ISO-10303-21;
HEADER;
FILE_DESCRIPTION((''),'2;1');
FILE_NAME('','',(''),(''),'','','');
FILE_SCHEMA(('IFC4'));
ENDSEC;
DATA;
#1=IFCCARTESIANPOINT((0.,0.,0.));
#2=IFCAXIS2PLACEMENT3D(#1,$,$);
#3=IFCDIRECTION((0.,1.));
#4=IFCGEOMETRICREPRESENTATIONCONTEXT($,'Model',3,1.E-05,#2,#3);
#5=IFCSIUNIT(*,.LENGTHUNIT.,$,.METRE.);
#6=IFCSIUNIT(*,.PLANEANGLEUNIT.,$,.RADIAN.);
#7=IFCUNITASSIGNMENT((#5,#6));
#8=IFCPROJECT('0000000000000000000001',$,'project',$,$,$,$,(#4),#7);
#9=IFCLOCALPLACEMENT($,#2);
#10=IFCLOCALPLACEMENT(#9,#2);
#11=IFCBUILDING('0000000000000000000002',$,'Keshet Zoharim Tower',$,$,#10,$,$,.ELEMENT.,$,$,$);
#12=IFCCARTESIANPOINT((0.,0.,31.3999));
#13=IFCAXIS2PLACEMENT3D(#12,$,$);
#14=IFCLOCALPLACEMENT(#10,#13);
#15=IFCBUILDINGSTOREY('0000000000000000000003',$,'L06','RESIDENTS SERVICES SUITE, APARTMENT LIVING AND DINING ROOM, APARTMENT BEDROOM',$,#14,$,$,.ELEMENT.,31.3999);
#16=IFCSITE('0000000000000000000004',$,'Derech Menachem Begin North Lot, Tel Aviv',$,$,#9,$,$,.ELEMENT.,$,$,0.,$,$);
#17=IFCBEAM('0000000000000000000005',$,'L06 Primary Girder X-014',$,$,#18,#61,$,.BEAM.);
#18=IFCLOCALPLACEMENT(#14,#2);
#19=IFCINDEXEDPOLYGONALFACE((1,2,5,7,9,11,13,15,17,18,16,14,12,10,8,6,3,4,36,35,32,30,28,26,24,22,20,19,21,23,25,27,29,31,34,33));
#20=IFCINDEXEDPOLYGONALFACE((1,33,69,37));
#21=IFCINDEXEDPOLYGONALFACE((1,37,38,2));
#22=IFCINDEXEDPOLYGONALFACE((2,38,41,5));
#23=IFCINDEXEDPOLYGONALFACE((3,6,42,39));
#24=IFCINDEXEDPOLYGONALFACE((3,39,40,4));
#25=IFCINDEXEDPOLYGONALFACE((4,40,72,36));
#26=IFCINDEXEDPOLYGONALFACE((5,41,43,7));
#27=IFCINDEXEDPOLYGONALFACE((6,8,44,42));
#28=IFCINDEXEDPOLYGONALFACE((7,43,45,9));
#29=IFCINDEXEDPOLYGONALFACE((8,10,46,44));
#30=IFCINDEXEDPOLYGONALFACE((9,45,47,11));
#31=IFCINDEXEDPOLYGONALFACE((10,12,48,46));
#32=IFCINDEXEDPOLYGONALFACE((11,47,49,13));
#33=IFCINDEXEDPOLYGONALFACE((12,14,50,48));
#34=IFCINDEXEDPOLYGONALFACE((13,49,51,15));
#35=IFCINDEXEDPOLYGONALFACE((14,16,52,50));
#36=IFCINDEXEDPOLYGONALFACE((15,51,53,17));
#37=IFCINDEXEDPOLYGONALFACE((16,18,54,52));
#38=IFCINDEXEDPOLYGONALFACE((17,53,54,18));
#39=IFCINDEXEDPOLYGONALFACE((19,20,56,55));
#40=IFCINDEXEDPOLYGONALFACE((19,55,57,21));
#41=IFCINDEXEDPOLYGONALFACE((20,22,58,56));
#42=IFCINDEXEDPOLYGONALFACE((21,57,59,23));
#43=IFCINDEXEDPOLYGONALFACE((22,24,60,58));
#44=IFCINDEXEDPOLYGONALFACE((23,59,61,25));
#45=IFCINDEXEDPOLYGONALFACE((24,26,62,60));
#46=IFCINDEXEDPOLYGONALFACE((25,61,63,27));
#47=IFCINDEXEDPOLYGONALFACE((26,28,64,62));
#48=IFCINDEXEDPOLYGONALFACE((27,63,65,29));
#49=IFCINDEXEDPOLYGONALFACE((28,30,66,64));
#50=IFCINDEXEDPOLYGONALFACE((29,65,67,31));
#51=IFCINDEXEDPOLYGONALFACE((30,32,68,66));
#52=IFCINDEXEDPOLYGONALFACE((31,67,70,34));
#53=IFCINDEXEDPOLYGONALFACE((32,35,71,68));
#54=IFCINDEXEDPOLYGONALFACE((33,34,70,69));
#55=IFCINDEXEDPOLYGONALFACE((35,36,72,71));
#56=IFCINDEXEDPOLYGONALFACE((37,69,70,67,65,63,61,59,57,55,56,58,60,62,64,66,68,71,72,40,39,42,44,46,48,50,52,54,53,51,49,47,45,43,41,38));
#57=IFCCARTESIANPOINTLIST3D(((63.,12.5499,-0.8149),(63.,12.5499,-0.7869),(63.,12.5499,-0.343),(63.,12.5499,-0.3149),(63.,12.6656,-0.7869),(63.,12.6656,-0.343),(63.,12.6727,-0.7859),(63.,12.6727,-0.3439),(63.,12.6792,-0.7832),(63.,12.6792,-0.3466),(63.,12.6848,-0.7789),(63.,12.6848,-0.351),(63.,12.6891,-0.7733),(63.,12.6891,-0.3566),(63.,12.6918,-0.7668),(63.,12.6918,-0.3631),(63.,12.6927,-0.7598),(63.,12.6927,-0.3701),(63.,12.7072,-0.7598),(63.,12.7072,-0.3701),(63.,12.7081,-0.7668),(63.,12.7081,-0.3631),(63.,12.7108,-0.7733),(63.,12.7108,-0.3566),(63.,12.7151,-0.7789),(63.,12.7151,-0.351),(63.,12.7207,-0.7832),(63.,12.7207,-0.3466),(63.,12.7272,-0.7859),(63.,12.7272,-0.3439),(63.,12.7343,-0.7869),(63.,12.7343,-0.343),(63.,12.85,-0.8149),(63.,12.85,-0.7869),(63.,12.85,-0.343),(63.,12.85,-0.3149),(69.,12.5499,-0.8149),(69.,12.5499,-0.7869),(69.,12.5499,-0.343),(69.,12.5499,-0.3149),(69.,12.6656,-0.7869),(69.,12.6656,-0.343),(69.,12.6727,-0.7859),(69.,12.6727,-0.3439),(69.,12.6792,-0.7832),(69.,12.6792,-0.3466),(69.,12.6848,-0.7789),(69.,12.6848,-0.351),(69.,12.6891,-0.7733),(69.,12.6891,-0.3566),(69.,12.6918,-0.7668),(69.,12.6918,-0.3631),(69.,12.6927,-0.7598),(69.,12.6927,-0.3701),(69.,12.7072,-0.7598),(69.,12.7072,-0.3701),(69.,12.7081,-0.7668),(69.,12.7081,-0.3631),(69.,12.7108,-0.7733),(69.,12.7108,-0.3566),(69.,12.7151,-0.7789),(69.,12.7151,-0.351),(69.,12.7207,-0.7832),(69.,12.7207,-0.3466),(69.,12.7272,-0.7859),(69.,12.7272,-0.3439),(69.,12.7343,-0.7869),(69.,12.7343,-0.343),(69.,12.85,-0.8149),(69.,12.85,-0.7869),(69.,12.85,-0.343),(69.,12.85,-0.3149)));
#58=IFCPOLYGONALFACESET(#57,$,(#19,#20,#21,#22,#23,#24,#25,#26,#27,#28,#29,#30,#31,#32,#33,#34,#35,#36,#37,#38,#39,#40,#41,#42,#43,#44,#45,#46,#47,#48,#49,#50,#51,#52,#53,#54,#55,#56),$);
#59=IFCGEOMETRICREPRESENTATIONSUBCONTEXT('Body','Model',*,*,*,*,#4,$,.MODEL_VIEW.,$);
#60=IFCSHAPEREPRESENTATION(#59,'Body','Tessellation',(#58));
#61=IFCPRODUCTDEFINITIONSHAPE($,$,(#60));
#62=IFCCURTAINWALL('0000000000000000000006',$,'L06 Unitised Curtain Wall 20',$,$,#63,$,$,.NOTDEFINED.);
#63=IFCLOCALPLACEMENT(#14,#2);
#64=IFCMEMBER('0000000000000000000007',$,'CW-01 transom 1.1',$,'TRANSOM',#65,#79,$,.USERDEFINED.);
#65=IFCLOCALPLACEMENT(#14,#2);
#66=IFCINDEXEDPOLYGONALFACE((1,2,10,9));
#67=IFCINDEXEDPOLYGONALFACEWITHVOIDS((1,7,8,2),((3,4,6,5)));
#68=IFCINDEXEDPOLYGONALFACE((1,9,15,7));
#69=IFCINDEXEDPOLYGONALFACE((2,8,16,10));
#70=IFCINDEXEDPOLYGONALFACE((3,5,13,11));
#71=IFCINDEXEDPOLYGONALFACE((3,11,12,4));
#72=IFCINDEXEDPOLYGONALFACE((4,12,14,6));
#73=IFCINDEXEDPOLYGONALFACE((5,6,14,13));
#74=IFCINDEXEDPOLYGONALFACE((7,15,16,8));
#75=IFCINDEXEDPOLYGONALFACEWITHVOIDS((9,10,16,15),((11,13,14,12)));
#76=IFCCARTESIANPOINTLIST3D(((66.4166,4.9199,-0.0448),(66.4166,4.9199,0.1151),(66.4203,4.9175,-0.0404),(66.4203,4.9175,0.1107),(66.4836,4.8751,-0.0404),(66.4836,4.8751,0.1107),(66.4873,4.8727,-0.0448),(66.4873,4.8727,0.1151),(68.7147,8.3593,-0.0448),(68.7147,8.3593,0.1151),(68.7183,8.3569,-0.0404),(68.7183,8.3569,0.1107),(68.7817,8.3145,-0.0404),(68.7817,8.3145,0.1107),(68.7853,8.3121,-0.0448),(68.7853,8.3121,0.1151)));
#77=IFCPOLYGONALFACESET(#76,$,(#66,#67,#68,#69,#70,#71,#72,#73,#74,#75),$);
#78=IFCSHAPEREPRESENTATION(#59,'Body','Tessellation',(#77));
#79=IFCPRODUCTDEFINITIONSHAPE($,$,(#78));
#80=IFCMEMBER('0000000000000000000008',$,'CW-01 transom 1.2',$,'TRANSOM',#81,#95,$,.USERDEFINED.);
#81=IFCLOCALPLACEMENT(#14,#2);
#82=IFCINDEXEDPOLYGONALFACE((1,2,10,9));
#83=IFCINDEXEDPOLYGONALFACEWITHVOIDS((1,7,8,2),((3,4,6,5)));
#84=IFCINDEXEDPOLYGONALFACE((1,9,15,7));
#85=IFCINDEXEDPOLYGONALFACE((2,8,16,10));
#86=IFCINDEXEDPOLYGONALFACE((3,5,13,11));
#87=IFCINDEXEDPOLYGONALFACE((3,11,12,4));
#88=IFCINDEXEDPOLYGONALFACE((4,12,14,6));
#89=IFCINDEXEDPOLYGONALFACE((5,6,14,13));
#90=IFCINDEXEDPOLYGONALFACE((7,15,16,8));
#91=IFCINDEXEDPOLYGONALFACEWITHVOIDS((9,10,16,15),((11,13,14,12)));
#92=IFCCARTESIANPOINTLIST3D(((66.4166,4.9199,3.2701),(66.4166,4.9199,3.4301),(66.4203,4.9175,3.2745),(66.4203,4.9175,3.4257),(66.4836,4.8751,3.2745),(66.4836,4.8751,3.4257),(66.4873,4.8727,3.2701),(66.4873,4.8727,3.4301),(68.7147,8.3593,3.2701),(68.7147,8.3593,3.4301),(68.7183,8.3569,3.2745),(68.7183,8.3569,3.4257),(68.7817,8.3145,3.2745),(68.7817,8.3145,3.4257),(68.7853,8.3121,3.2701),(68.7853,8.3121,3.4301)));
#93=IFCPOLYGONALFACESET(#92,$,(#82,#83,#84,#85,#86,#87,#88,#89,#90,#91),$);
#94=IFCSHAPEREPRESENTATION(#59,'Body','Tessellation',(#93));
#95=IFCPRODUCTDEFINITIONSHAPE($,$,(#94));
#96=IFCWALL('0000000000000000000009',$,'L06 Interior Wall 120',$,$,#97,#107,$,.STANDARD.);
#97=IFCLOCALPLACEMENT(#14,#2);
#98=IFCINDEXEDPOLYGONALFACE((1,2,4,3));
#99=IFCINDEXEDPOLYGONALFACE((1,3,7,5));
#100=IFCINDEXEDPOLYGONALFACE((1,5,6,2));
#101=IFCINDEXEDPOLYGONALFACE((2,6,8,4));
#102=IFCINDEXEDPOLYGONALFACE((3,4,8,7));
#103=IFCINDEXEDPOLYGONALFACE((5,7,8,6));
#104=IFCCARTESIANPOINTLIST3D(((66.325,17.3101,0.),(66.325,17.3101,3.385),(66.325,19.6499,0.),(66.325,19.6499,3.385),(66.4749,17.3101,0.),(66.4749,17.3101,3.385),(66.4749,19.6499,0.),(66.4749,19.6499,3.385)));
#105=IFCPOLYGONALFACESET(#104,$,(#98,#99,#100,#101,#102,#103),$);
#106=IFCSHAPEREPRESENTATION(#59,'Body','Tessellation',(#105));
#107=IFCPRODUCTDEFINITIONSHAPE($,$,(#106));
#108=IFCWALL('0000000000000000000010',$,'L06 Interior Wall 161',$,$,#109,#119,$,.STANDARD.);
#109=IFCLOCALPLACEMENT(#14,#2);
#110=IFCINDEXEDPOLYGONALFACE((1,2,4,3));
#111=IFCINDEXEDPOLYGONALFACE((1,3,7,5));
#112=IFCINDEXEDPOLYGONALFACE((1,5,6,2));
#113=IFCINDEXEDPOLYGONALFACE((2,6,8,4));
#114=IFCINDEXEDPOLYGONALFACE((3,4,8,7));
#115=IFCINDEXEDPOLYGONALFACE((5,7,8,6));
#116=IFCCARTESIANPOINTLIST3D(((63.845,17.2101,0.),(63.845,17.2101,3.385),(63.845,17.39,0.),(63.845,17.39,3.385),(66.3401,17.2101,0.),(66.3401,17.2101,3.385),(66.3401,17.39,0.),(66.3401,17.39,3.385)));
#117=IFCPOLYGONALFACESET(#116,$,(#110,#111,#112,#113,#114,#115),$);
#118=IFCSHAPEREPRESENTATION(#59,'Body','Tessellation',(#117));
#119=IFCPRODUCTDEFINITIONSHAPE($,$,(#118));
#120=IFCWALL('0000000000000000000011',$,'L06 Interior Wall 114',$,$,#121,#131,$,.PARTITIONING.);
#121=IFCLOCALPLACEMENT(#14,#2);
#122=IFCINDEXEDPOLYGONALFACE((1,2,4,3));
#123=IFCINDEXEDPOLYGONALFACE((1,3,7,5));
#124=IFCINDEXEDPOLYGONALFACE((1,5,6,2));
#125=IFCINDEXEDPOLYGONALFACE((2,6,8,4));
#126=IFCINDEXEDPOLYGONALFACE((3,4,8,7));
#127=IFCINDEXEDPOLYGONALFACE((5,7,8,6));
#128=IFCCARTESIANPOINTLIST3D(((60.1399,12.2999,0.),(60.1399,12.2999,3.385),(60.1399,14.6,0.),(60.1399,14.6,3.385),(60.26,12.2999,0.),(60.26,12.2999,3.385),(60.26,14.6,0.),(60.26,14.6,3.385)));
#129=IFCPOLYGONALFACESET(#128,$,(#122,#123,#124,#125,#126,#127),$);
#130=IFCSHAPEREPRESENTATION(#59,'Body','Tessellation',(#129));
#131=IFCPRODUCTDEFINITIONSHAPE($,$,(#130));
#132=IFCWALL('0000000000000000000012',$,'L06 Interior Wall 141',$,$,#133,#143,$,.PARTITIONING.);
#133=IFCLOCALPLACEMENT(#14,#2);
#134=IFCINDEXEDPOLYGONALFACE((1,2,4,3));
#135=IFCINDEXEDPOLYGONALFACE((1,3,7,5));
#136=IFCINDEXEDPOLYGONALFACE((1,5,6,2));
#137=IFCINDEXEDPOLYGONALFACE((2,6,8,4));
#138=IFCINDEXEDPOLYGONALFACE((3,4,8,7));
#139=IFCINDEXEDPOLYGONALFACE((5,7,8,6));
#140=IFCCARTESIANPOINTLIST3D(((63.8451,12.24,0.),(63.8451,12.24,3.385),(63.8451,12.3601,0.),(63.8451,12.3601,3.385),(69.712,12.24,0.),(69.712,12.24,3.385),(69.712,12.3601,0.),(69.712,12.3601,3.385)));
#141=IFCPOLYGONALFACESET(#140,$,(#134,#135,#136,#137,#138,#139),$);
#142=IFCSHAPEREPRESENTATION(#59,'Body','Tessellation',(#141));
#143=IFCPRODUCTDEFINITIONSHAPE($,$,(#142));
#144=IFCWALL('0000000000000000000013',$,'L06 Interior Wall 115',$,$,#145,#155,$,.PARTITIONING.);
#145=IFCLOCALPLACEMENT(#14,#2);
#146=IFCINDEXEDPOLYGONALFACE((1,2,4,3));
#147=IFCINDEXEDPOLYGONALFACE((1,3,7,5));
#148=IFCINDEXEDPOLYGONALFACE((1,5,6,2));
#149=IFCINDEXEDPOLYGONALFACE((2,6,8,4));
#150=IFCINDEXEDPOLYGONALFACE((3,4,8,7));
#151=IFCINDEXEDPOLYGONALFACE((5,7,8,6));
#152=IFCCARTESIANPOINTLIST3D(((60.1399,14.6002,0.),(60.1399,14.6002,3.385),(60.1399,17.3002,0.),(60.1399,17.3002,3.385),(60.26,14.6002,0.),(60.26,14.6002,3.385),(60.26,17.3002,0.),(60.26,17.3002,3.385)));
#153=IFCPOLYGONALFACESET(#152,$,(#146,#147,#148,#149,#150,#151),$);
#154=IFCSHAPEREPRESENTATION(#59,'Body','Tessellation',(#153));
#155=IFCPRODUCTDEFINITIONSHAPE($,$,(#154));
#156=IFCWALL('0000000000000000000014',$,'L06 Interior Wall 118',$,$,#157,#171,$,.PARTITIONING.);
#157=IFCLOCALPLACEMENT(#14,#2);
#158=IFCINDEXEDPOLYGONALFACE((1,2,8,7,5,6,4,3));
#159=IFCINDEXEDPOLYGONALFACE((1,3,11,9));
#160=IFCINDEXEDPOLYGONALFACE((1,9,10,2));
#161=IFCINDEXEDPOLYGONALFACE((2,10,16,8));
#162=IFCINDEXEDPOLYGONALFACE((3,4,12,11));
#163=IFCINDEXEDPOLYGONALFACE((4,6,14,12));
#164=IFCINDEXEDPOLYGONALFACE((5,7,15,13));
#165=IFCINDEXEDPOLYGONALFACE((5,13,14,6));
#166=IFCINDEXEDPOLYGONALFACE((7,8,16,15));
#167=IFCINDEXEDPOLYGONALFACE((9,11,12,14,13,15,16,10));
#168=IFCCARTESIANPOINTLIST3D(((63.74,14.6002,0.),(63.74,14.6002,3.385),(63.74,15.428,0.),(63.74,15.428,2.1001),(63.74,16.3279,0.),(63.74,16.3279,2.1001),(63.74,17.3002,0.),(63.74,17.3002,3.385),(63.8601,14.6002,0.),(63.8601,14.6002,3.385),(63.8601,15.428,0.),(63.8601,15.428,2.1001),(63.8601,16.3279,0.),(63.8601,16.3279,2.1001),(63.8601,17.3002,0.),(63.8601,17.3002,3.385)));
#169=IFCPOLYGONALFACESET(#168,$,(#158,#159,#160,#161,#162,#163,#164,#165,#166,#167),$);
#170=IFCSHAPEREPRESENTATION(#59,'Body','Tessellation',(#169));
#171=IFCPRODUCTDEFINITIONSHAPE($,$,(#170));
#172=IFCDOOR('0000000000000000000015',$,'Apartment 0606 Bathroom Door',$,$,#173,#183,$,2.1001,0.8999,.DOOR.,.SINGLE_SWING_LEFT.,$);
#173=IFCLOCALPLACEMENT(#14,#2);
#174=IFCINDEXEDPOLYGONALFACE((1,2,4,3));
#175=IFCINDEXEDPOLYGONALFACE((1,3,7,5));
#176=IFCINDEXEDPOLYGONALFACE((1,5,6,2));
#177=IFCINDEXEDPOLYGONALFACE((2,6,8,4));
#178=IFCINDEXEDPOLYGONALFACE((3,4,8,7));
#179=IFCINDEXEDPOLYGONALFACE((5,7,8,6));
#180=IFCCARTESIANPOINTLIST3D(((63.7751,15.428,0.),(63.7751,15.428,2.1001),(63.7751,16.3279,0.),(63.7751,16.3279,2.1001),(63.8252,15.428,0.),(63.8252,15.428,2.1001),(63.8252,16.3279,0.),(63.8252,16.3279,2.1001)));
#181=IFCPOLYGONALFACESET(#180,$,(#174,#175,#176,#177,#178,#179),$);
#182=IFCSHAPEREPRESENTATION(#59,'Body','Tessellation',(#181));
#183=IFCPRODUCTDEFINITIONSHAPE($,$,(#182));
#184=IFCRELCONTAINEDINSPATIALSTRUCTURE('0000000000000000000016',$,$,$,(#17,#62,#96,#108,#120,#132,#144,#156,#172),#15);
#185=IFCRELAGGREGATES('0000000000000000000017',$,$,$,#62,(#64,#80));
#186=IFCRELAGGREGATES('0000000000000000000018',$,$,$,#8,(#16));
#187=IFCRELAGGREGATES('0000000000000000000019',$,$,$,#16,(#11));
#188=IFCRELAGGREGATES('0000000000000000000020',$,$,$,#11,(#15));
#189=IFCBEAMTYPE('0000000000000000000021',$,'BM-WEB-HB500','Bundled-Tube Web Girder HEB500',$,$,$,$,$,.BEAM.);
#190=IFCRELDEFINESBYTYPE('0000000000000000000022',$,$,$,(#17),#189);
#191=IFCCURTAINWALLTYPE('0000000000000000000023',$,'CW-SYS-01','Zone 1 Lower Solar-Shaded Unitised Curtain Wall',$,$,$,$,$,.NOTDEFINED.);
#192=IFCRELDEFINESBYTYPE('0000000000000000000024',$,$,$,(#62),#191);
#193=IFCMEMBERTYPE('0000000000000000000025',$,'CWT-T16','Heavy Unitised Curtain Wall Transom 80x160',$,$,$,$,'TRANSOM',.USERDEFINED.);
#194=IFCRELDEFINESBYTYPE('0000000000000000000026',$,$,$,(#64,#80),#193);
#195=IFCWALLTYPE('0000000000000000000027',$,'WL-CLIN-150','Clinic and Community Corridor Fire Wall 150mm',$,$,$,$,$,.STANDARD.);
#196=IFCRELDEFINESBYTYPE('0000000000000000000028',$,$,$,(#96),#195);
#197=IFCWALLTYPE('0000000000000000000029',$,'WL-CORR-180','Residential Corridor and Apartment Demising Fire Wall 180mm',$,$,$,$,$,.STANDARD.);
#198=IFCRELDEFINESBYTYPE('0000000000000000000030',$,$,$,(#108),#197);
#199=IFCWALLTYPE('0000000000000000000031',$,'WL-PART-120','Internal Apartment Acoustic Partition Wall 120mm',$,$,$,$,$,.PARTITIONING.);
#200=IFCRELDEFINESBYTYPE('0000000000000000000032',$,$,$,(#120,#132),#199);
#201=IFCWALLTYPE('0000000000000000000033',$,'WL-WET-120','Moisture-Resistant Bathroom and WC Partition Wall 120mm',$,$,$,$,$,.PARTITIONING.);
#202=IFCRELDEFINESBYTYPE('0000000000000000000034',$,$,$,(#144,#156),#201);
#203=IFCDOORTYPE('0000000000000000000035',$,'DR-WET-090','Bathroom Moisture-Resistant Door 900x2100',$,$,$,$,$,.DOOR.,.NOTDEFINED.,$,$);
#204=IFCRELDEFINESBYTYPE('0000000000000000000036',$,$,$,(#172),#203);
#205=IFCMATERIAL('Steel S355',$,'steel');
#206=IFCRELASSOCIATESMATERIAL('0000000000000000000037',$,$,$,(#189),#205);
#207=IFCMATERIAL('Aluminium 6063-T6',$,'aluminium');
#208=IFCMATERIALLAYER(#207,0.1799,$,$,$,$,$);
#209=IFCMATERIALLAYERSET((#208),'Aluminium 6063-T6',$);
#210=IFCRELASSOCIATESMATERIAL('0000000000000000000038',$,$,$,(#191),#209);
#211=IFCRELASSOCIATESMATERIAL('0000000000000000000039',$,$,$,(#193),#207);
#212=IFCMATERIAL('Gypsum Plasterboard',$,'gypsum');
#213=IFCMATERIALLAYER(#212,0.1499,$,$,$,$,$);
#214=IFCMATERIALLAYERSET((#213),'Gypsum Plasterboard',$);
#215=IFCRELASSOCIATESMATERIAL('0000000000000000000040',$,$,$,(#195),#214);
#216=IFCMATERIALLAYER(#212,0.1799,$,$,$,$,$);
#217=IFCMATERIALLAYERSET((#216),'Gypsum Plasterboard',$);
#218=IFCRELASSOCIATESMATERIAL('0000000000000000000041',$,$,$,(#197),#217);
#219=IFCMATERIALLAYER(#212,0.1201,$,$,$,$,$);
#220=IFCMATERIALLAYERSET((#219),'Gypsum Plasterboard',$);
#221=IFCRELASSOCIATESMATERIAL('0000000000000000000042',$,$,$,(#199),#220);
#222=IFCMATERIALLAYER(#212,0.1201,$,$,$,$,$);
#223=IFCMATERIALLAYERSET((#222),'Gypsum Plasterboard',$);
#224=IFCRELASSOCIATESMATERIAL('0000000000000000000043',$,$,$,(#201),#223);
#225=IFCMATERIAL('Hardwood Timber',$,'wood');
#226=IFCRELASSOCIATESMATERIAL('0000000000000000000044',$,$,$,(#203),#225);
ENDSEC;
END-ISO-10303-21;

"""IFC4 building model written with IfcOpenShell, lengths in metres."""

from ifc_helpers import new_model, si_unit, direction, frame, frame_2d, origin, origin_2d, place, context, subcontext, project, spatial, rectangle, hollow_rectangle, i_section, extrude, material, layer, layer_set, material_profile, profile_set, type_object, element, fill, aggregate, save


model = new_model("IFC4")

# Units and contexts
model_context = context("Model", 3, precision=1e-05, world=origin(), true_north=direction((0.0, 1.0)))
body_context = subcontext(model_context, "Body", "Model", "MODEL_VIEW")
ifc_project = project(units=[si_unit("LENGTHUNIT", "METRE"), si_unit("PLANEANGLEUNIT", "RADIAN")], contexts=[model_context])

# Site, building, storey
site_placement = place(None, origin())
site = spatial("IfcSite", under=ifc_project, at=site_placement, Name="Derech Menachem Begin North Lot, Tel Aviv", CompositionType="ELEMENT", RefElevation=0.0)
building_placement = place(site_placement, origin())
building = spatial("IfcBuilding", under=site, at=building_placement, Name="Keshet Zoharim Tower", CompositionType="ELEMENT")
storey_placement = place(building_placement, frame((0.0, 0.0, 31.3999)))
storey = spatial("IfcBuildingStorey", under=building, at=storey_placement, Name="L06", Description="RESIDENTS SERVICES SUITE, APARTMENT LIVING AND DINING ROOM, APARTMENT BEDROOM", CompositionType="ELEMENT", Elevation=31.3999)

# Beam
ifc_material_1 = material(Name="Steel S355", Category="steel")
ifc_material_profile_1 = material_profile(ifc_material_1, i_section(OverallWidth=0.3, OverallDepth=0.5, WebThickness=0.0144, FlangeThickness=0.0281, FilletRadius=0.0271, at=origin_2d()), Name="HEB500")
ifc_profile_set_1 = profile_set([ifc_material_profile_1], Name="Steel S355")
beam_type_1 = type_object("IfcBeamType", Name="BM-WEB-HB500", Description="Bundled-Tube Web Girder HEB500", PredefinedType="BEAM", material=ifc_profile_set_1)
for number, where, z_axis, x_axis, name in (
    (1, (63.0, 12.7, -0.5649), (1.0, 0.0, 0.0), (0.0, 1.0, 0.0), "L06 Primary Girder X-014"),
):
    element("IfcBeam", number, at=place(storey_placement, frame(where, z_axis=z_axis, x_axis=x_axis)), inside=storey, type_object=beam_type_1, Name=name, PredefinedType="BEAM", context=body_context, shape_type="SweptSolid", body=[
        extrude(i_section(OverallWidth=0.3, OverallDepth=0.5, WebThickness=0.0144, FlangeThickness=0.0281, FilletRadius=0.0271, at=origin_2d()), origin(), (0.0, 0.0, 1.0), 6.0),
    ])

# Curtain wall, members
ifc_material_2 = material(Name="Aluminium 6063-T6", Category="aluminium")
ifc_layer_1 = layer(ifc_material_2, 0.1799)
ifc_layer_set_1 = layer_set([ifc_layer_1], Name="Aluminium 6063-T6")
curtain_wall_type = type_object("IfcCurtainWallType", Name="CW-SYS-01", Description="Zone 1 Lower Solar-Shaded Unitised Curtain Wall", PredefinedType="NOTDEFINED", material=ifc_layer_set_1)
curtain_wall_placement = place(storey_placement, origin())
curtain_wall = element("IfcCurtainWall", 2, at=curtain_wall_placement, inside=storey, type_object=curtain_wall_type, Name="L06 Unitised Curtain Wall 20", PredefinedType="NOTDEFINED")
ifc_material_profile_2 = material_profile(ifc_material_2, hollow_rectangle(XDim=0.085, YDim=0.1599, WallThickness=0.0044, at=origin_2d()), Name="TRN-85x160")
ifc_profile_set_2 = profile_set([ifc_material_profile_2], Name="Aluminium 6063-T6")
member_type = type_object("IfcMemberType", Name="CWT-T16", Description="Heavy Unitised Curtain Wall Transom 80x160", ElementType="TRANSOM", PredefinedType="USERDEFINED", material=ifc_profile_set_2)
member_1_placement = place(storey_placement, frame((68.75, 8.3357, 0.0352), z_axis=(-0.555558, -0.831478, 0.0), x_axis=(0.831478, -0.555558, 0.0)))
member_1 = element("IfcMember", 3, at=member_1_placement, type_object=member_type, Name="CW-01 transom 1.1", ObjectType="TRANSOM", PredefinedType="USERDEFINED", context=body_context, shape_type="SweptSolid", body=[
    extrude(hollow_rectangle(XDim=0.085, YDim=0.1599, WallThickness=0.0044, at=origin_2d()), origin(), (0.0, 0.0, 1.0), 4.1365),
])
member_2_placement = place(storey_placement, frame((68.75, 8.3357, 3.3501), z_axis=(-0.555558, -0.831478, 0.0), x_axis=(0.831478, -0.555558, 0.0)))
member_2 = element("IfcMember", 4, at=member_2_placement, type_object=member_type, Name="CW-01 transom 1.2", ObjectType="TRANSOM", PredefinedType="USERDEFINED", context=body_context, shape_type="SweptSolid", body=[
    extrude(hollow_rectangle(XDim=0.085, YDim=0.1599, WallThickness=0.0044, at=origin_2d()), origin(), (0.0, 0.0, 1.0), 4.1365),
])
aggregate(curtain_wall, [member_1, member_2])

# Wall
ifc_material_3 = material(Name="Gypsum Plasterboard", Category="gypsum")
ifc_layer_2 = layer(ifc_material_3, 0.1499)
ifc_layer_set_2 = layer_set([ifc_layer_2], Name="Gypsum Plasterboard")
wall_type_1 = type_object("IfcWallType", Name="WL-CLIN-150", Description="Clinic and Community Corridor Fire Wall 150mm", PredefinedType="STANDARD", material=ifc_layer_set_2)
wall_1_placement = place(storey_placement, frame((66.3999, 17.3101, 0.0), z_axis=(0.0, 0.0, 1.0), x_axis=(0.0, 1.0, 0.0)))
element("IfcWall", 5, at=wall_1_placement, inside=storey, type_object=wall_type_1, Name="L06 Interior Wall 120", PredefinedType="STANDARD", context=body_context, shape_type="SweptSolid", body=[
    extrude(rectangle(XDim=2.3398, YDim=0.1499, at=frame_2d((1.1699, 0.0))), origin(), (0.0, 0.0, 1.0), 3.385),
])

# Shared definitions
ifc_layer_3 = layer(ifc_material_3, 0.1799)
ifc_layer_set_3 = layer_set([ifc_layer_3], Name="Gypsum Plasterboard")
wall_type_2 = type_object("IfcWallType", Name="WL-CORR-180", Description="Residential Corridor and Apartment Demising Fire Wall 180mm", PredefinedType="STANDARD", material=ifc_layer_set_3)
ifc_material_4 = material(Name="Hardwood Timber", Category="wood")

# Walls
wall_2_placement = place(storey_placement, frame((63.845, 17.3, 0.0), z_axis=(0.0, 0.0, 1.0), x_axis=(1.0, 0.0, 0.0)))
element("IfcWall", 6, at=wall_2_placement, inside=storey, type_object=wall_type_2, Name="L06 Interior Wall 161", PredefinedType="STANDARD", context=body_context, shape_type="SweptSolid", body=[
    extrude(rectangle(XDim=2.4951, YDim=0.1799, at=frame_2d((1.2476, 0.0))), origin(), (0.0, 0.0, 1.0), 3.385),
])
ifc_layer_4 = layer(ifc_material_3, 0.1201)
ifc_layer_set_4 = layer_set([ifc_layer_4], Name="Gypsum Plasterboard")
wall_type_3 = type_object("IfcWallType", Name="WL-PART-120", Description="Internal Apartment Acoustic Partition Wall 120mm", PredefinedType="PARTITIONING", material=ifc_layer_set_4)
wall_3_placement = place(storey_placement, frame((60.2, 12.3, 0.0), z_axis=(0.0, 0.0, 1.0), x_axis=(0.0, 1.0, 0.0)))
element("IfcWall", 7, at=wall_3_placement, inside=storey, type_object=wall_type_3, Name="L06 Interior Wall 114", PredefinedType="PARTITIONING", context=body_context, shape_type="SweptSolid", body=[
    extrude(rectangle(XDim=2.3, YDim=0.1201, at=frame_2d((1.1499, 0.0))), origin(), (0.0, 0.0, 1.0), 3.385),
])

# Walls
wall_4_placement = place(storey_placement, frame((63.845, 12.3, 0.0), z_axis=(0.0, 0.0, 1.0), x_axis=(1.0, 0.0, 0.0)))
element("IfcWall", 8, at=wall_4_placement, inside=storey, type_object=wall_type_3, Name="L06 Interior Wall 141", PredefinedType="PARTITIONING", context=body_context, shape_type="SweptSolid", body=[
    extrude(rectangle(XDim=5.8669, YDim=0.1201, at=frame_2d((2.9336, 0.0))), origin(), (0.0, 0.0, 1.0), 3.385),
])
ifc_layer_5 = layer(ifc_material_3, 0.1201)
ifc_layer_set_5 = layer_set([ifc_layer_5], Name="Gypsum Plasterboard")
wall_type_4 = type_object("IfcWallType", Name="WL-WET-120", Description="Moisture-Resistant Bathroom and WC Partition Wall 120mm", PredefinedType="PARTITIONING", material=ifc_layer_set_5)
wall_5_placement = place(storey_placement, frame((60.2, 14.6001, 0.0), z_axis=(0.0, 0.0, 1.0), x_axis=(0.0, 1.0, 0.0)))
element("IfcWall", 9, at=wall_5_placement, inside=storey, type_object=wall_type_4, Name="L06 Interior Wall 115", PredefinedType="PARTITIONING", context=body_context, shape_type="SweptSolid", body=[
    extrude(rectangle(XDim=2.7, YDim=0.1201, at=frame_2d((1.3501, 0.0))), origin(), (0.0, 0.0, 1.0), 3.385),
])

# Wall, opening, door
wall_6_placement = place(storey_placement, frame((63.8, 14.6001, 0.0), z_axis=(0.0, 0.0, 1.0), x_axis=(0.0, 1.0, 0.0)))
wall_6 = element("IfcWall", 10, at=wall_6_placement, inside=storey, type_object=wall_type_4, Name="L06 Interior Wall 118", PredefinedType="PARTITIONING", context=body_context, shape_type="SweptSolid", body=[
    extrude(rectangle(XDim=2.7, YDim=0.1201, at=frame_2d((1.3501, 0.0))), origin(), (0.0, 0.0, 1.0), 3.385),
])
opening_1_placement = place(wall_6_placement, frame((0.8279, 0.0, 0.0)))
opening_1 = element("IfcOpeningElement", 11, at=opening_1_placement, cuts=wall_6, PredefinedType="OPENING", context=body_context, shape_type="SweptSolid", body=[
    extrude(rectangle(XDim=0.8999, YDim=2.1001, at=frame_2d((0.45, 1.05))), frame((0.0, 0.0701, 0.0), z_axis=(0.0, -1.0, 0.0), x_axis=(1.0, 0.0, 0.0)), (0.0, 0.0, 1.0), 0.1401),
])
door_type_1 = type_object("IfcDoorType", Name="DR-WET-090", Description="Bathroom Moisture-Resistant Door 900x2100", OperationType="NOTDEFINED", PredefinedType="DOOR", material=ifc_material_4)
door_1_placement = place(opening_1_placement, origin())
door_1 = element("IfcDoor", 12, at=door_1_placement, inside=storey, type_object=door_type_1, Name="Apartment 0606 Bathroom Door", OperationType="SINGLE_SWING_LEFT", OverallHeight=2.1001, OverallWidth=0.8999, PredefinedType="DOOR", context=body_context, shape_type="SweptSolid", body=[
    extrude(rectangle(XDim=0.8999, YDim=2.1001, at=frame_2d((0.45, 1.05))), frame((0.0, 0.0249, 0.0), z_axis=(0.0, -1.0, 0.0), x_axis=(1.0, 0.0, 0.0)), (0.0, 0.0, 1.0), 0.05),
])
fill(opening_1, door_1)

save(model, "model.ifc")
